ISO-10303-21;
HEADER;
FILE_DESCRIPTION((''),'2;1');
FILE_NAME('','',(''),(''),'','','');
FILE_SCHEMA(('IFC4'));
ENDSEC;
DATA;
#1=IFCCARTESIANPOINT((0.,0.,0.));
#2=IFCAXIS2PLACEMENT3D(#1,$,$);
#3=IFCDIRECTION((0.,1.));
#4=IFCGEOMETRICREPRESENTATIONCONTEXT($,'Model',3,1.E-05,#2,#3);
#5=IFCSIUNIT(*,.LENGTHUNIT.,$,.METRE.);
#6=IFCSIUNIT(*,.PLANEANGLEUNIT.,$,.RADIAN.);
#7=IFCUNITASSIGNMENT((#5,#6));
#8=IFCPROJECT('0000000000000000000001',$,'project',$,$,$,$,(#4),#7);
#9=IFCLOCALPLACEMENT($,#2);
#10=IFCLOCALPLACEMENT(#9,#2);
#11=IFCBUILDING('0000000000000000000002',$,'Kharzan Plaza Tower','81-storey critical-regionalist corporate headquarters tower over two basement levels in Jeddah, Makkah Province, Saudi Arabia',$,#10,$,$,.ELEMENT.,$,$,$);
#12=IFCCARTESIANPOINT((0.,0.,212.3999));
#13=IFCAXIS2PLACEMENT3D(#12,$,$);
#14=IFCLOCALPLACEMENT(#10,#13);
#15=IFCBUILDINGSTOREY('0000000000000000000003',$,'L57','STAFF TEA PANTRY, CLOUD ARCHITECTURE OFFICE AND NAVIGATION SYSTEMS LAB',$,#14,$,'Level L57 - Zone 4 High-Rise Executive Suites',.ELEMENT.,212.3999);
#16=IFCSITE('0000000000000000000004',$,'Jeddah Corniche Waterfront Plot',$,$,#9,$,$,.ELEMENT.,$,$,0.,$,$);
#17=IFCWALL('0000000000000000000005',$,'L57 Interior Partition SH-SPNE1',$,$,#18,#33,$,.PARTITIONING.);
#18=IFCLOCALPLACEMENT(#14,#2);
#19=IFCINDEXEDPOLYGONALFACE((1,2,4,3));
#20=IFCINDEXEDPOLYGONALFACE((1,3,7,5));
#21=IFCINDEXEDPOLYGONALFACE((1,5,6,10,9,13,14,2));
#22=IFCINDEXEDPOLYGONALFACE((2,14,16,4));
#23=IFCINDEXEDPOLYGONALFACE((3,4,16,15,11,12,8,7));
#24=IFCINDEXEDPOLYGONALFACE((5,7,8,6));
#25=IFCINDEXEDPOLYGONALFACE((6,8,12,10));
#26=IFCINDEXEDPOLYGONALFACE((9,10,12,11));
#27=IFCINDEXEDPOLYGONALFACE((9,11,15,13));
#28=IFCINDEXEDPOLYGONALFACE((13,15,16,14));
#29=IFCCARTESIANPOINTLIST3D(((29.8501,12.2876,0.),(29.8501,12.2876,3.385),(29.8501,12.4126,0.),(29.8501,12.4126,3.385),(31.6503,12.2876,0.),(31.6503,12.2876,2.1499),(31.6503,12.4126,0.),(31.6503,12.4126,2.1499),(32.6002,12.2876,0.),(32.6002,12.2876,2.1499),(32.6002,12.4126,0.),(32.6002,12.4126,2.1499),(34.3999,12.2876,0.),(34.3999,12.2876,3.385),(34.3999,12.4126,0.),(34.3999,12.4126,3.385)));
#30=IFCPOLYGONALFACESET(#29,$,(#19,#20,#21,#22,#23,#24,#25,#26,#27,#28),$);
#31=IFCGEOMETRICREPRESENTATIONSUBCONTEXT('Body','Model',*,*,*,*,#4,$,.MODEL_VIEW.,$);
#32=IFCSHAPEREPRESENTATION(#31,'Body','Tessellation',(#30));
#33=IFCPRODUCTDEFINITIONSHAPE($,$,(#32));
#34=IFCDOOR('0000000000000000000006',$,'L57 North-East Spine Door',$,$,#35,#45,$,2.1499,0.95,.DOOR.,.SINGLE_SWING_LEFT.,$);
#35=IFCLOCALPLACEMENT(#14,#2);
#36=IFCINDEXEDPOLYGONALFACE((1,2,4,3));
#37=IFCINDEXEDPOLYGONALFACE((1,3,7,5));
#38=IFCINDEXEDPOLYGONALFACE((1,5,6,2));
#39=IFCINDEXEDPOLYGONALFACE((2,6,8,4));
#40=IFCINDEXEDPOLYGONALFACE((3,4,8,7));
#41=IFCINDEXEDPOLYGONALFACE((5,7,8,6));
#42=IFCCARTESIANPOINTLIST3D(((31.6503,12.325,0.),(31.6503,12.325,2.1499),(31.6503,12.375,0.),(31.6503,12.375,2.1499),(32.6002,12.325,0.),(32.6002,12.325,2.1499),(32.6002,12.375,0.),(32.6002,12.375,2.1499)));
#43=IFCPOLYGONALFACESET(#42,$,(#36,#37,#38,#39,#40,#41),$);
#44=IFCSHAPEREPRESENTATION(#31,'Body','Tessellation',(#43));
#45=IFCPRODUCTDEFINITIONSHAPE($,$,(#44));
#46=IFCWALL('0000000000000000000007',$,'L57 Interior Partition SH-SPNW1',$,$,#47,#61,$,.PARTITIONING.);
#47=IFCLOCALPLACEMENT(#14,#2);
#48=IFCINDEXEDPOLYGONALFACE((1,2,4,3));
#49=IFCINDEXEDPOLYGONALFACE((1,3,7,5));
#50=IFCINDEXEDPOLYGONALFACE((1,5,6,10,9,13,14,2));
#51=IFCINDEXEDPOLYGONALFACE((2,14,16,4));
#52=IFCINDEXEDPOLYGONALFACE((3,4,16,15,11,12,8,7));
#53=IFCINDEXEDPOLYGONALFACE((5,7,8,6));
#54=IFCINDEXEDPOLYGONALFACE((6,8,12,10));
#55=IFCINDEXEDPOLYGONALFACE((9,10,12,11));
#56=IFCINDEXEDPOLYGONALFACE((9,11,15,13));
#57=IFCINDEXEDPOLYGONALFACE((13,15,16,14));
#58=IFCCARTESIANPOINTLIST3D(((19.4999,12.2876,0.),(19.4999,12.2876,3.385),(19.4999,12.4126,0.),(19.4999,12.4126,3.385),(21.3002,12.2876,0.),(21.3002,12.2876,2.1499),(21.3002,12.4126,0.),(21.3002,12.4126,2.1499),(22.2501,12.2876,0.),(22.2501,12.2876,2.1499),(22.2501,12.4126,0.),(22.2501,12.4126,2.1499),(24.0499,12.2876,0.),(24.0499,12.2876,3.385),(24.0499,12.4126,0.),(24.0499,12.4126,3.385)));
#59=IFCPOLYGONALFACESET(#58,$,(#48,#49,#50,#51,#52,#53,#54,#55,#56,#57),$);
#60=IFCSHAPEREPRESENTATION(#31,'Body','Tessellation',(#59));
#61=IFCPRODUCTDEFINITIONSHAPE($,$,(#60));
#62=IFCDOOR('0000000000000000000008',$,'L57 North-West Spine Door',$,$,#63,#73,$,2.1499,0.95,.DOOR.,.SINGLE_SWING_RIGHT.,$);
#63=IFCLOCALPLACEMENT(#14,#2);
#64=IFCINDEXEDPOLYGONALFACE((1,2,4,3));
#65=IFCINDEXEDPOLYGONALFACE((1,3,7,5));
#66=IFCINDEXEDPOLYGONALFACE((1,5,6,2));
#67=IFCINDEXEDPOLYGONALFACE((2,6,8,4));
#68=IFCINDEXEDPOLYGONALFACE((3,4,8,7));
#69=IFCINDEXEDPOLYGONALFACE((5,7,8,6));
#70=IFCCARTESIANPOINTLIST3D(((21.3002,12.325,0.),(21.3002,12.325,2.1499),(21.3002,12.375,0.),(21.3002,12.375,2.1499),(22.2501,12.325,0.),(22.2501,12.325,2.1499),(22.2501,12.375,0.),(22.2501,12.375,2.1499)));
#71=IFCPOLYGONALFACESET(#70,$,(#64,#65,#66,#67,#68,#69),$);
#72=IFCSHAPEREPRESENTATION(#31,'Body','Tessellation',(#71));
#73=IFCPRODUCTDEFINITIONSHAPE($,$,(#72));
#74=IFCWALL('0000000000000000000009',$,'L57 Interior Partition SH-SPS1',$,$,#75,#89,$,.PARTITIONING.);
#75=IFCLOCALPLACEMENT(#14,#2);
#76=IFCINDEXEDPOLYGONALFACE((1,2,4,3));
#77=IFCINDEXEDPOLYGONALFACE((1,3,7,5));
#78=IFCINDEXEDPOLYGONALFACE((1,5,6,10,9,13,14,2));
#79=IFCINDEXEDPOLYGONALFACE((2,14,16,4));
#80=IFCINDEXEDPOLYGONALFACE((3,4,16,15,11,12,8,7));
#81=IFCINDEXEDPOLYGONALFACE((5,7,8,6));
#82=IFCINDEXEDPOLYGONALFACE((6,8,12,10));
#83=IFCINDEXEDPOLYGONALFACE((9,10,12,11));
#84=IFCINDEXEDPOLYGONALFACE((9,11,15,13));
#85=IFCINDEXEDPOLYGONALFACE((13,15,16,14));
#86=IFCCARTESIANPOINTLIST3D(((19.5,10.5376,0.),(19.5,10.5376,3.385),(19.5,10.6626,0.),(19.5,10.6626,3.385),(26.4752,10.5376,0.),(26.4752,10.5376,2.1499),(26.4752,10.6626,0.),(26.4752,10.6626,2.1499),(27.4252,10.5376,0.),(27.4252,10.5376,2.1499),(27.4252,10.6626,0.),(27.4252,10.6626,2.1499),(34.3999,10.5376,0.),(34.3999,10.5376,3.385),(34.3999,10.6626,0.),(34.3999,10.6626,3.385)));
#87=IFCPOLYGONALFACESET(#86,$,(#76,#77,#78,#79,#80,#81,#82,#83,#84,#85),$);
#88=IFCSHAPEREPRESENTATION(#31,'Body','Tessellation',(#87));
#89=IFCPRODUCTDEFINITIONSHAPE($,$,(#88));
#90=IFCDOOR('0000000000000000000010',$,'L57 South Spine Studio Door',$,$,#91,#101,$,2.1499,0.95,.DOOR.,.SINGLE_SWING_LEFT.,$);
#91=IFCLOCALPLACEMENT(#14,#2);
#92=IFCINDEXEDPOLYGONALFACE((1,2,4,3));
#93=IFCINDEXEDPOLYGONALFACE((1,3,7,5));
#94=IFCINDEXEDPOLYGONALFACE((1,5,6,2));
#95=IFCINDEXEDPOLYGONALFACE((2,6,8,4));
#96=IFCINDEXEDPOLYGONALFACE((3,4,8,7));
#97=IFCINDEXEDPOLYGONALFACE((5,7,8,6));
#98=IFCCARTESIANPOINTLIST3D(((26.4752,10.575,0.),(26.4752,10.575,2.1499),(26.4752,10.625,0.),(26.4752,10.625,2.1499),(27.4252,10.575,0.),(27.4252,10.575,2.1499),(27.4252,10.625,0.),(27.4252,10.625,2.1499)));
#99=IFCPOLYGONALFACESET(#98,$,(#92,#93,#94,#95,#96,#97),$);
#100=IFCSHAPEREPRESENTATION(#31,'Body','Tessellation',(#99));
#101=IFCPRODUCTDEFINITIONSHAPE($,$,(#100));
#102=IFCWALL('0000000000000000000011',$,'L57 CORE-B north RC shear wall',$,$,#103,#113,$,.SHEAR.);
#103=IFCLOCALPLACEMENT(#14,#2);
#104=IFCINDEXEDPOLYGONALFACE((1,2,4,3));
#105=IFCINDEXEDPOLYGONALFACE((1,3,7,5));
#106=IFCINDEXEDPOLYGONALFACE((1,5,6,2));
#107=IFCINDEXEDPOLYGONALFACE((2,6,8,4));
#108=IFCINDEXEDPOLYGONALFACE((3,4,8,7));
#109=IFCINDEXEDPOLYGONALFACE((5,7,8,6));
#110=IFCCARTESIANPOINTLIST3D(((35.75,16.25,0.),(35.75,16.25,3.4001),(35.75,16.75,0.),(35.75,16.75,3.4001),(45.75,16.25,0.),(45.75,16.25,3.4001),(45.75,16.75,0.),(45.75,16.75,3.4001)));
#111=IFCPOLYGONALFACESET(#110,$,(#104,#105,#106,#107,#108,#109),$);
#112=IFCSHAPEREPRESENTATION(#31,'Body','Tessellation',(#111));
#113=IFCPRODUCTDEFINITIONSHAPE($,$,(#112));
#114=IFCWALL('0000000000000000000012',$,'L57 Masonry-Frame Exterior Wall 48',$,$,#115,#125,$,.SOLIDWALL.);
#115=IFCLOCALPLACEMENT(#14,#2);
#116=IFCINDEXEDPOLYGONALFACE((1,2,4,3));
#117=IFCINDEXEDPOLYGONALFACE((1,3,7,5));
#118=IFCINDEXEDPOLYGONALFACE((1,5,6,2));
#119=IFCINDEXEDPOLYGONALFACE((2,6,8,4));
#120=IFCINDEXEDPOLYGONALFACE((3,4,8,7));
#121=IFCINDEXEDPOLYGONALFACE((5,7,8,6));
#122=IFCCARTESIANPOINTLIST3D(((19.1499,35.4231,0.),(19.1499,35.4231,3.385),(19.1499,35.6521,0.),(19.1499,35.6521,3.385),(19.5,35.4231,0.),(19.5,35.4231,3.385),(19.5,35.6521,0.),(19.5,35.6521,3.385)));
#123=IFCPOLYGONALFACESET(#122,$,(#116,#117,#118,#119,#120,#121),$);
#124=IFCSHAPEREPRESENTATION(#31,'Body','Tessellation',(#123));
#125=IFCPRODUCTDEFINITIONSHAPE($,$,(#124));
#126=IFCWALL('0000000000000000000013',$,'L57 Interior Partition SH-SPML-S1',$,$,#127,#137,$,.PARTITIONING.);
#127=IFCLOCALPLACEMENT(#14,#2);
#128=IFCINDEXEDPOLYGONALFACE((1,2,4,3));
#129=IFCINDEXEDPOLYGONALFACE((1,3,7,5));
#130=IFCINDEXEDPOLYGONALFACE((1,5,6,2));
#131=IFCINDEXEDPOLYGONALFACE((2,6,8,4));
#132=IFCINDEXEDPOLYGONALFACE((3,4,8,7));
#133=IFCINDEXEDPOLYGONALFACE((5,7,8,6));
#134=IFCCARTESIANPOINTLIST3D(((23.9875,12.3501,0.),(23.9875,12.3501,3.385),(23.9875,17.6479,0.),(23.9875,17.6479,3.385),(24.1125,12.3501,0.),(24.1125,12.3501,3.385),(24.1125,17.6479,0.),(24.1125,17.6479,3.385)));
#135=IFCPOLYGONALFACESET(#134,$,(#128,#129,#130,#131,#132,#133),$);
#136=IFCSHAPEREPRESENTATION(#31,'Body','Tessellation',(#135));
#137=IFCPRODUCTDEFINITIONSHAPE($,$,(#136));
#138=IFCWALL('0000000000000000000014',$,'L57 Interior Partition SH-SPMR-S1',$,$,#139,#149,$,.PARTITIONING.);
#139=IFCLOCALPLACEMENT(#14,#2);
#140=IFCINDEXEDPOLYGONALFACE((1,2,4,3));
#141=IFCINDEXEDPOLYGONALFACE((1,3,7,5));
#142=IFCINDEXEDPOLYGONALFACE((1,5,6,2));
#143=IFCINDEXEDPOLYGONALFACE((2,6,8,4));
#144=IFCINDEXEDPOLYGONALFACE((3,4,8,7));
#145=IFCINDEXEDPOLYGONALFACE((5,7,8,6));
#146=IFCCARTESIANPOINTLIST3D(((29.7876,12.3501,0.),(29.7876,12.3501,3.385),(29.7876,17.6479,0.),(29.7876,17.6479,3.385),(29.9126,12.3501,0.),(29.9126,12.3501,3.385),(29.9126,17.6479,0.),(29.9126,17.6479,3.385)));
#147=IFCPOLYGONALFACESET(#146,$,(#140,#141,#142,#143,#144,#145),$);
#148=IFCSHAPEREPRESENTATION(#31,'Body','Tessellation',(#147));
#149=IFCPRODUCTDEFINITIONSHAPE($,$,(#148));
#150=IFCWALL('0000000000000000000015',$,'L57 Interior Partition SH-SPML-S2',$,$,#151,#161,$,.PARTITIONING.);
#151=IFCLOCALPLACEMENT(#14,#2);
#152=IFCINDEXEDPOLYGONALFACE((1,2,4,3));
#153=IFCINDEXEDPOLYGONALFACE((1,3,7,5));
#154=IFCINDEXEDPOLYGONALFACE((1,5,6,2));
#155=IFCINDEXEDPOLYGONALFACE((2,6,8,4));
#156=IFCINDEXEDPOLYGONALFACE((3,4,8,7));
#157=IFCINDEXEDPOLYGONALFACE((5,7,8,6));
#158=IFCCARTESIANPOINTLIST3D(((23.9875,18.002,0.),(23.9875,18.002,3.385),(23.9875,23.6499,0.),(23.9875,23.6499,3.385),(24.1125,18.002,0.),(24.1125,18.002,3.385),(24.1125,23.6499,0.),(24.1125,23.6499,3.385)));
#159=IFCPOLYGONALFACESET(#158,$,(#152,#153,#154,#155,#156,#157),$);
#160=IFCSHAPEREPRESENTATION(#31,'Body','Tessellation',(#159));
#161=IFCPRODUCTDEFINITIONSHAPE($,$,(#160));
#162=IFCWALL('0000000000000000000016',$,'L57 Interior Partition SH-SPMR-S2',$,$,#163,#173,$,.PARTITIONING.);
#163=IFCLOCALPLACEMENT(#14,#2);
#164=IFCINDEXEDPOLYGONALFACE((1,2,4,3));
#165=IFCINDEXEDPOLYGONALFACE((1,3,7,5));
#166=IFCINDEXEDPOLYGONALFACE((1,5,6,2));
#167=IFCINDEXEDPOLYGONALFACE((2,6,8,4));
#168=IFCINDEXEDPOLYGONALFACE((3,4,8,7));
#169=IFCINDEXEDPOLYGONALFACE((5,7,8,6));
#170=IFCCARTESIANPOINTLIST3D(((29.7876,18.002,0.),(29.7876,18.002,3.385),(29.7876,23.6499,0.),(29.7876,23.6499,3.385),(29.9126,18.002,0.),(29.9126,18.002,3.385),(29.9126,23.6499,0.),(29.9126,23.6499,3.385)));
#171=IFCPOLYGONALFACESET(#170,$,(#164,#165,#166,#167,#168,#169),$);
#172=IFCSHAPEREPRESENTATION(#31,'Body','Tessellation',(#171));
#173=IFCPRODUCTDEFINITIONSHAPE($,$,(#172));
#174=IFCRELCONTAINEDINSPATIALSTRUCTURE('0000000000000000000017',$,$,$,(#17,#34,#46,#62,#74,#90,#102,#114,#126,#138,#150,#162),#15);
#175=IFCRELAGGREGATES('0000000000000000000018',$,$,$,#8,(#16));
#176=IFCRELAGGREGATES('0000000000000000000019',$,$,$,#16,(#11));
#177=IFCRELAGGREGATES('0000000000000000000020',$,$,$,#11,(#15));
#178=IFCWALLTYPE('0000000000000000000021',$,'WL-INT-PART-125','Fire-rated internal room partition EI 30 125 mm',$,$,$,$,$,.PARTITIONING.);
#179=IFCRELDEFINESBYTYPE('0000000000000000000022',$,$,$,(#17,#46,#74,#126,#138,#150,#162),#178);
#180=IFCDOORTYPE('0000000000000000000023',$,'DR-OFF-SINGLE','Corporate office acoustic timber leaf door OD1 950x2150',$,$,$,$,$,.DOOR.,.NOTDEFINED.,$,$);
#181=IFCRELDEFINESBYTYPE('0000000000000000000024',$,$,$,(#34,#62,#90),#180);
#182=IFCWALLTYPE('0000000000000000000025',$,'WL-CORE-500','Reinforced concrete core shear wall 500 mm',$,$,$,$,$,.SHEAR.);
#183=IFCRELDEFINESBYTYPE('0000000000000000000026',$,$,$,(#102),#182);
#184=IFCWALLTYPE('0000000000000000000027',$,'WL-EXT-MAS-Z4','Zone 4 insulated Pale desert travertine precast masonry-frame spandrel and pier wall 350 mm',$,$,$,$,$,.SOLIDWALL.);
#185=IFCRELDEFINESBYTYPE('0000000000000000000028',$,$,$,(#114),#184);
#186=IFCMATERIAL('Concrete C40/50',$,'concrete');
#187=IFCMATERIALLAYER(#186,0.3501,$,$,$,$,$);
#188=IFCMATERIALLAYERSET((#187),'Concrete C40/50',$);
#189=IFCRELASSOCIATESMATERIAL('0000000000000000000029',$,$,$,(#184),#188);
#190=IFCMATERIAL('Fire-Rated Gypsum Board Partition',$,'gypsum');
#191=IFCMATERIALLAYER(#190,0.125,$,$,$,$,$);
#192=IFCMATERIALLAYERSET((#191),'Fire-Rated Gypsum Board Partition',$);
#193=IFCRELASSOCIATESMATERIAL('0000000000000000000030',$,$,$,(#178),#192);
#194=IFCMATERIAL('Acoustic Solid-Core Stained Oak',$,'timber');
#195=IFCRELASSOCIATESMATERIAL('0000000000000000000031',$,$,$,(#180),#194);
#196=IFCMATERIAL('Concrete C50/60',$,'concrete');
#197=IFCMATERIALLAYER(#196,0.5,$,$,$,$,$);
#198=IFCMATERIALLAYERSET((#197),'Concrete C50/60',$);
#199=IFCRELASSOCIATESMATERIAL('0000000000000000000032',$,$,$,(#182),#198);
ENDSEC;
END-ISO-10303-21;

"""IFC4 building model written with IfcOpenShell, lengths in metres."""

from ifc_helpers import new_model, si_unit, direction, frame, frame_2d, origin, place, context, subcontext, project, spatial, rectangle, extrude, source, transform, mapped, material, layer, layer_set, type_object, element, fill, save


model = new_model("IFC4")

# Units and contexts
model_context = context("Model", 3, precision=1e-05, world=origin(), true_north=direction((0.0, 1.0)))
body_context = subcontext(model_context, "Body", "Model", "MODEL_VIEW")
ifc_project = project(units=[si_unit("LENGTHUNIT", "METRE"), si_unit("PLANEANGLEUNIT", "RADIAN")], contexts=[model_context])

# Site, building, storey
site_placement = place(None, origin())
site = spatial("IfcSite", under=ifc_project, at=site_placement, Name="Jeddah Corniche Waterfront Plot", CompositionType="ELEMENT", RefElevation=0.0)
building_placement = place(site_placement, origin())
building = spatial("IfcBuilding", under=site, at=building_placement, Name="Kharzan Plaza Tower", Description="81-storey critical-regionalist corporate headquarters tower over two basement levels in Jeddah, Makkah Province, Saudi Arabia", CompositionType="ELEMENT")
storey_placement = place(building_placement, frame((0.0, 0.0, 212.3999)))
storey = spatial("IfcBuildingStorey", under=building, at=storey_placement, Name="L57", Description="STAFF TEA PANTRY, CLOUD ARCHITECTURE OFFICE AND NAVIGATION SYSTEMS LAB", LongName="Level L57 - Zone 4 High-Rise Executive Suites", CompositionType="ELEMENT", Elevation=212.3999)

# Shared definitions
ifc_material_1 = material(Name="Concrete C50/60", Category="concrete")

# Shared definitions
ifc_material_2 = material(Name="Concrete C40/50", Category="concrete")
ifc_layer_1 = layer(ifc_material_2, 0.3501)
ifc_layer_set_1 = layer_set([ifc_layer_1], Name="Concrete C40/50")
wall_type_1 = type_object("IfcWallType", Name="WL-EXT-MAS-Z4", Description="Zone 4 insulated Pale desert travertine precast masonry-frame spandrel and pier wall 350 mm", PredefinedType="SOLIDWALL", material=ifc_layer_set_1)

# Walls, openings, doors
ifc_material_3 = material(Name="Fire-Rated Gypsum Board Partition", Category="gypsum")
ifc_layer_2 = layer(ifc_material_3, 0.125)
ifc_layer_set_2 = layer_set([ifc_layer_2], Name="Fire-Rated Gypsum Board Partition")
wall_type_2 = type_object("IfcWallType", Name="WL-INT-PART-125", Description="Fire-rated internal room partition EI 30 125 mm", PredefinedType="PARTITIONING", material=ifc_layer_set_2)
wall_1_placement = place(storey_placement, frame((29.8501, 12.3501, 0.0), z_axis=(0.0, 0.0, 1.0), x_axis=(1.0, 0.0, 0.0)))
wall_1 = element("IfcWall", 1, at=wall_1_placement, inside=storey, type_object=wall_type_2, Name="L57 Interior Partition SH-SPNE1", PredefinedType="PARTITIONING", context=body_context, shape_type="SweptSolid", body=[
    extrude(rectangle(XDim=4.5498, YDim=0.125, at=frame_2d((2.2749, 0.0))), origin(), (0.0, 0.0, 1.0), 3.385),
])
opening_1_placement = place(wall_1_placement, frame((1.8, 0.0, 0.0)))
opening_1 = element("IfcOpeningElement", 2, at=opening_1_placement, cuts=wall_1, PredefinedType="OPENING", context=body_context, shape_type="SweptSolid", body=[
    extrude(rectangle(XDim=0.95, YDim=2.1499, at=frame_2d((0.4751, 1.075))), frame((0.0, 0.0725, 0.0), z_axis=(0.0, -1.0, 0.0), x_axis=(1.0, 0.0, 0.0)), (0.0, 0.0, 1.0), 0.145),
])
ifc_material_4 = material(Name="Acoustic Solid-Core Stained Oak", Category="timber")
door_type = type_object("IfcDoorType", Name="DR-OFF-SINGLE", Description="Corporate office acoustic timber leaf door OD1 950x2150", OperationType="NOTDEFINED", PredefinedType="DOOR", material=ifc_material_4)
shared_shape_1 = source(origin(), body_context, "Body", "SweptSolid", [
    extrude(rectangle(XDim=0.95, YDim=2.1499, at=frame_2d((0.4751, 1.075))), frame((0.0, 0.0249, 0.0), z_axis=(0.0, -1.0, 0.0), x_axis=(1.0, 0.0, 0.0)), (0.0, 0.0, 1.0), 0.05),
])
door_1_placement = place(opening_1_placement, origin())
door_1 = element("IfcDoor", 3, at=door_1_placement, inside=storey, type_object=door_type, Name="L57 North-East Spine Door", OperationType="SINGLE_SWING_LEFT", OverallHeight=2.1499, OverallWidth=0.95, PredefinedType="DOOR", context=body_context, shape_type="MappedRepresentation", body=[
    mapped(shared_shape_1, transform((0.0, 0.0, 0.0), x_axis=(1.0, 0.0, 0.0), y_axis=(0.0, 1.0, 0.0), z_axis=(0.0, 0.0, 1.0))),
])
fill(opening_1, door_1)
wall_2_placement = place(storey_placement, frame((19.5, 12.3501, 0.0), z_axis=(0.0, 0.0, 1.0), x_axis=(1.0, 0.0, 0.0)))
wall_2 = element("IfcWall", 4, at=wall_2_placement, inside=storey, type_object=wall_type_2, Name="L57 Interior Partition SH-SPNW1", PredefinedType="PARTITIONING", context=body_context, shape_type="SweptSolid", body=[
    extrude(rectangle(XDim=4.55, YDim=0.125, at=frame_2d((2.2749, 0.0))), origin(), (0.0, 0.0, 1.0), 3.385),
])
opening_2_placement = place(wall_2_placement, frame((1.8, 0.0, 0.0)))
opening_2 = element("IfcOpeningElement", 5, at=opening_2_placement, cuts=wall_2, PredefinedType="OPENING", context=body_context, shape_type="SweptSolid", body=[
    extrude(rectangle(XDim=0.95, YDim=2.1499, at=frame_2d((0.4751, 1.075))), frame((0.0, 0.0725, 0.0), z_axis=(0.0, -1.0, 0.0), x_axis=(1.0, 0.0, 0.0)), (0.0, 0.0, 1.0), 0.145),
])
door_2_placement = place(opening_2_placement, origin())
door_2 = element("IfcDoor", 6, at=door_2_placement, inside=storey, type_object=door_type, Name="L57 North-West Spine Door", OperationType="SINGLE_SWING_RIGHT", OverallHeight=2.1499, OverallWidth=0.95, PredefinedType="DOOR", context=body_context, shape_type="MappedRepresentation", body=[
    mapped(shared_shape_1, transform((0.0, 0.0, 0.0), x_axis=(1.0, 0.0, 0.0), y_axis=(0.0, 1.0, 0.0), z_axis=(0.0, 0.0, 1.0))),
])
fill(opening_2, door_2)
wall_3_placement = place(storey_placement, frame((19.5, 10.6001, 0.0), z_axis=(0.0, 0.0, 1.0), x_axis=(1.0, 0.0, 0.0)))
wall_3 = element("IfcWall", 7, at=wall_3_placement, inside=storey, type_object=wall_type_2, Name="L57 Interior Partition SH-SPS1", PredefinedType="PARTITIONING", context=body_context, shape_type="SweptSolid", body=[
    extrude(rectangle(XDim=14.8999, YDim=0.125, at=frame_2d((7.45, 0.0))), origin(), (0.0, 0.0, 1.0), 3.385),
])
opening_3_placement = place(wall_3_placement, frame((6.9751, 0.0, 0.0)))
opening_3 = element("IfcOpeningElement", 8, at=opening_3_placement, cuts=wall_3, PredefinedType="OPENING", context=body_context, shape_type="SweptSolid", body=[
    extrude(rectangle(XDim=0.95, YDim=2.1499, at=frame_2d((0.4751, 1.075))), frame((0.0, 0.0725, 0.0), z_axis=(0.0, -1.0, 0.0), x_axis=(1.0, 0.0, 0.0)), (0.0, 0.0, 1.0), 0.145),
])
door_3_placement = place(opening_3_placement, origin())
door_3 = element("IfcDoor", 9, at=door_3_placement, inside=storey, type_object=door_type, Name="L57 South Spine Studio Door", OperationType="SINGLE_SWING_LEFT", OverallHeight=2.1499, OverallWidth=0.95, PredefinedType="DOOR", context=body_context, shape_type="MappedRepresentation", body=[
    mapped(shared_shape_1, transform((0.0, 0.0, 0.0), x_axis=(1.0, 0.0, 0.0), y_axis=(0.0, 1.0, 0.0), z_axis=(0.0, 0.0, 1.0))),
])
fill(opening_3, door_3)

# Walls
ifc_layer_3 = layer(ifc_material_1, 0.5)
ifc_layer_set_3 = layer_set([ifc_layer_3], Name="Concrete C50/60")
wall_type_3 = type_object("IfcWallType", Name="WL-CORE-500", Description="Reinforced concrete core shear wall 500 mm", PredefinedType="SHEAR", material=ifc_layer_set_3)
shared_shape_2 = source(origin(), body_context, "Body", "SweptSolid", [
    extrude(rectangle(XDim=10.0, YDim=0.5, at=frame_2d((5.0, 0.0))), origin(), (0.0, 0.0, 1.0), 3.4001),
])
wall_4_placement = place(storey_placement, frame((35.75, 16.5, 0.0), z_axis=(0.0, 0.0, 1.0), x_axis=(1.0, 0.0, 0.0)))
element("IfcWall", 10, at=wall_4_placement, inside=storey, type_object=wall_type_3, Name="L57 CORE-B north RC shear wall", PredefinedType="SHEAR", context=body_context, shape_type="MappedRepresentation", body=[
    mapped(shared_shape_2, transform((0.0, 0.0, 0.0), x_axis=(1.0, 0.0, 0.0), y_axis=(0.0, 1.0, 0.0), z_axis=(0.0, 0.0, 1.0))),
])
shared_shape_3 = source(origin(), body_context, "Body", "SweptSolid", [
    extrude(rectangle(XDim=0.229, YDim=0.3501, at=frame_2d((0.1145, 0.0))), origin(), (0.0, 0.0, 1.0), 3.385),
])
wall_5_placement = place(storey_placement, frame((19.325, 35.4231, 0.0), z_axis=(0.0, 0.0, 1.0), x_axis=(0.0, 1.0, 0.0)))
element("IfcWall", 11, at=wall_5_placement, inside=storey, type_object=wall_type_1, Name="L57 Masonry-Frame Exterior Wall 48", PredefinedType="SOLIDWALL", context=body_context, shape_type="MappedRepresentation", body=[
    mapped(shared_shape_3, transform((0.0, 0.0, 0.0), x_axis=(1.0, 0.0, 0.0), y_axis=(0.0, 1.0, 0.0), z_axis=(0.0, 0.0, 1.0))),
])
shared_shape_4 = source(origin(), body_context, "Body", "SweptSolid", [
    extrude(rectangle(XDim=5.2979, YDim=0.125, at=frame_2d((2.6489, 0.0))), origin(), (0.0, 0.0, 1.0), 3.385),
])
for number, where, z_axis, x_axis, name in (
    (12, (24.05, 12.3501, 0.0), (0.0, 0.0, 1.0), (0.0, 1.0, 0.0), "L57 Interior Partition SH-SPML-S1"),
    (13, (29.8501, 12.3501, 0.0), (0.0, 0.0, 1.0), (0.0, 1.0, 0.0), "L57 Interior Partition SH-SPMR-S1"),
):
    element("IfcWall", number, at=place(storey_placement, frame(where, z_axis=z_axis, x_axis=x_axis)), inside=storey, type_object=wall_type_2, Name=name, PredefinedType="PARTITIONING", context=body_context, shape_type="MappedRepresentation", body=[
        mapped(shared_shape_4, transform((0.0, 0.0, 0.0), x_axis=(1.0, 0.0, 0.0), y_axis=(0.0, 1.0, 0.0), z_axis=(0.0, 0.0, 1.0))),
    ])
shared_shape_5 = source(origin(), body_context, "Body", "SweptSolid", [
    extrude(rectangle(XDim=5.6479, YDim=0.125, at=frame_2d((2.824, 0.0))), origin(), (0.0, 0.0, 1.0), 3.385),
])
for number, where, z_axis, x_axis, name in (
    (14, (24.05, 18.002, 0.0), (0.0, 0.0, 1.0), (0.0, 1.0, 0.0), "L57 Interior Partition SH-SPML-S2"),
    (15, (29.8501, 18.002, 0.0), (0.0, 0.0, 1.0), (0.0, 1.0, 0.0), "L57 Interior Partition SH-SPMR-S2"),
):
    element("IfcWall", number, at=place(storey_placement, frame(where, z_axis=z_axis, x_axis=x_axis)), inside=storey, type_object=wall_type_2, Name=name, PredefinedType="PARTITIONING", context=body_context, shape_type="MappedRepresentation", body=[
        mapped(shared_shape_5, transform((0.0, 0.0, 0.0), x_axis=(1.0, 0.0, 0.0), y_axis=(0.0, 1.0, 0.0), z_axis=(0.0, 0.0, 1.0))),
    ])

save(model, "model.ifc")
